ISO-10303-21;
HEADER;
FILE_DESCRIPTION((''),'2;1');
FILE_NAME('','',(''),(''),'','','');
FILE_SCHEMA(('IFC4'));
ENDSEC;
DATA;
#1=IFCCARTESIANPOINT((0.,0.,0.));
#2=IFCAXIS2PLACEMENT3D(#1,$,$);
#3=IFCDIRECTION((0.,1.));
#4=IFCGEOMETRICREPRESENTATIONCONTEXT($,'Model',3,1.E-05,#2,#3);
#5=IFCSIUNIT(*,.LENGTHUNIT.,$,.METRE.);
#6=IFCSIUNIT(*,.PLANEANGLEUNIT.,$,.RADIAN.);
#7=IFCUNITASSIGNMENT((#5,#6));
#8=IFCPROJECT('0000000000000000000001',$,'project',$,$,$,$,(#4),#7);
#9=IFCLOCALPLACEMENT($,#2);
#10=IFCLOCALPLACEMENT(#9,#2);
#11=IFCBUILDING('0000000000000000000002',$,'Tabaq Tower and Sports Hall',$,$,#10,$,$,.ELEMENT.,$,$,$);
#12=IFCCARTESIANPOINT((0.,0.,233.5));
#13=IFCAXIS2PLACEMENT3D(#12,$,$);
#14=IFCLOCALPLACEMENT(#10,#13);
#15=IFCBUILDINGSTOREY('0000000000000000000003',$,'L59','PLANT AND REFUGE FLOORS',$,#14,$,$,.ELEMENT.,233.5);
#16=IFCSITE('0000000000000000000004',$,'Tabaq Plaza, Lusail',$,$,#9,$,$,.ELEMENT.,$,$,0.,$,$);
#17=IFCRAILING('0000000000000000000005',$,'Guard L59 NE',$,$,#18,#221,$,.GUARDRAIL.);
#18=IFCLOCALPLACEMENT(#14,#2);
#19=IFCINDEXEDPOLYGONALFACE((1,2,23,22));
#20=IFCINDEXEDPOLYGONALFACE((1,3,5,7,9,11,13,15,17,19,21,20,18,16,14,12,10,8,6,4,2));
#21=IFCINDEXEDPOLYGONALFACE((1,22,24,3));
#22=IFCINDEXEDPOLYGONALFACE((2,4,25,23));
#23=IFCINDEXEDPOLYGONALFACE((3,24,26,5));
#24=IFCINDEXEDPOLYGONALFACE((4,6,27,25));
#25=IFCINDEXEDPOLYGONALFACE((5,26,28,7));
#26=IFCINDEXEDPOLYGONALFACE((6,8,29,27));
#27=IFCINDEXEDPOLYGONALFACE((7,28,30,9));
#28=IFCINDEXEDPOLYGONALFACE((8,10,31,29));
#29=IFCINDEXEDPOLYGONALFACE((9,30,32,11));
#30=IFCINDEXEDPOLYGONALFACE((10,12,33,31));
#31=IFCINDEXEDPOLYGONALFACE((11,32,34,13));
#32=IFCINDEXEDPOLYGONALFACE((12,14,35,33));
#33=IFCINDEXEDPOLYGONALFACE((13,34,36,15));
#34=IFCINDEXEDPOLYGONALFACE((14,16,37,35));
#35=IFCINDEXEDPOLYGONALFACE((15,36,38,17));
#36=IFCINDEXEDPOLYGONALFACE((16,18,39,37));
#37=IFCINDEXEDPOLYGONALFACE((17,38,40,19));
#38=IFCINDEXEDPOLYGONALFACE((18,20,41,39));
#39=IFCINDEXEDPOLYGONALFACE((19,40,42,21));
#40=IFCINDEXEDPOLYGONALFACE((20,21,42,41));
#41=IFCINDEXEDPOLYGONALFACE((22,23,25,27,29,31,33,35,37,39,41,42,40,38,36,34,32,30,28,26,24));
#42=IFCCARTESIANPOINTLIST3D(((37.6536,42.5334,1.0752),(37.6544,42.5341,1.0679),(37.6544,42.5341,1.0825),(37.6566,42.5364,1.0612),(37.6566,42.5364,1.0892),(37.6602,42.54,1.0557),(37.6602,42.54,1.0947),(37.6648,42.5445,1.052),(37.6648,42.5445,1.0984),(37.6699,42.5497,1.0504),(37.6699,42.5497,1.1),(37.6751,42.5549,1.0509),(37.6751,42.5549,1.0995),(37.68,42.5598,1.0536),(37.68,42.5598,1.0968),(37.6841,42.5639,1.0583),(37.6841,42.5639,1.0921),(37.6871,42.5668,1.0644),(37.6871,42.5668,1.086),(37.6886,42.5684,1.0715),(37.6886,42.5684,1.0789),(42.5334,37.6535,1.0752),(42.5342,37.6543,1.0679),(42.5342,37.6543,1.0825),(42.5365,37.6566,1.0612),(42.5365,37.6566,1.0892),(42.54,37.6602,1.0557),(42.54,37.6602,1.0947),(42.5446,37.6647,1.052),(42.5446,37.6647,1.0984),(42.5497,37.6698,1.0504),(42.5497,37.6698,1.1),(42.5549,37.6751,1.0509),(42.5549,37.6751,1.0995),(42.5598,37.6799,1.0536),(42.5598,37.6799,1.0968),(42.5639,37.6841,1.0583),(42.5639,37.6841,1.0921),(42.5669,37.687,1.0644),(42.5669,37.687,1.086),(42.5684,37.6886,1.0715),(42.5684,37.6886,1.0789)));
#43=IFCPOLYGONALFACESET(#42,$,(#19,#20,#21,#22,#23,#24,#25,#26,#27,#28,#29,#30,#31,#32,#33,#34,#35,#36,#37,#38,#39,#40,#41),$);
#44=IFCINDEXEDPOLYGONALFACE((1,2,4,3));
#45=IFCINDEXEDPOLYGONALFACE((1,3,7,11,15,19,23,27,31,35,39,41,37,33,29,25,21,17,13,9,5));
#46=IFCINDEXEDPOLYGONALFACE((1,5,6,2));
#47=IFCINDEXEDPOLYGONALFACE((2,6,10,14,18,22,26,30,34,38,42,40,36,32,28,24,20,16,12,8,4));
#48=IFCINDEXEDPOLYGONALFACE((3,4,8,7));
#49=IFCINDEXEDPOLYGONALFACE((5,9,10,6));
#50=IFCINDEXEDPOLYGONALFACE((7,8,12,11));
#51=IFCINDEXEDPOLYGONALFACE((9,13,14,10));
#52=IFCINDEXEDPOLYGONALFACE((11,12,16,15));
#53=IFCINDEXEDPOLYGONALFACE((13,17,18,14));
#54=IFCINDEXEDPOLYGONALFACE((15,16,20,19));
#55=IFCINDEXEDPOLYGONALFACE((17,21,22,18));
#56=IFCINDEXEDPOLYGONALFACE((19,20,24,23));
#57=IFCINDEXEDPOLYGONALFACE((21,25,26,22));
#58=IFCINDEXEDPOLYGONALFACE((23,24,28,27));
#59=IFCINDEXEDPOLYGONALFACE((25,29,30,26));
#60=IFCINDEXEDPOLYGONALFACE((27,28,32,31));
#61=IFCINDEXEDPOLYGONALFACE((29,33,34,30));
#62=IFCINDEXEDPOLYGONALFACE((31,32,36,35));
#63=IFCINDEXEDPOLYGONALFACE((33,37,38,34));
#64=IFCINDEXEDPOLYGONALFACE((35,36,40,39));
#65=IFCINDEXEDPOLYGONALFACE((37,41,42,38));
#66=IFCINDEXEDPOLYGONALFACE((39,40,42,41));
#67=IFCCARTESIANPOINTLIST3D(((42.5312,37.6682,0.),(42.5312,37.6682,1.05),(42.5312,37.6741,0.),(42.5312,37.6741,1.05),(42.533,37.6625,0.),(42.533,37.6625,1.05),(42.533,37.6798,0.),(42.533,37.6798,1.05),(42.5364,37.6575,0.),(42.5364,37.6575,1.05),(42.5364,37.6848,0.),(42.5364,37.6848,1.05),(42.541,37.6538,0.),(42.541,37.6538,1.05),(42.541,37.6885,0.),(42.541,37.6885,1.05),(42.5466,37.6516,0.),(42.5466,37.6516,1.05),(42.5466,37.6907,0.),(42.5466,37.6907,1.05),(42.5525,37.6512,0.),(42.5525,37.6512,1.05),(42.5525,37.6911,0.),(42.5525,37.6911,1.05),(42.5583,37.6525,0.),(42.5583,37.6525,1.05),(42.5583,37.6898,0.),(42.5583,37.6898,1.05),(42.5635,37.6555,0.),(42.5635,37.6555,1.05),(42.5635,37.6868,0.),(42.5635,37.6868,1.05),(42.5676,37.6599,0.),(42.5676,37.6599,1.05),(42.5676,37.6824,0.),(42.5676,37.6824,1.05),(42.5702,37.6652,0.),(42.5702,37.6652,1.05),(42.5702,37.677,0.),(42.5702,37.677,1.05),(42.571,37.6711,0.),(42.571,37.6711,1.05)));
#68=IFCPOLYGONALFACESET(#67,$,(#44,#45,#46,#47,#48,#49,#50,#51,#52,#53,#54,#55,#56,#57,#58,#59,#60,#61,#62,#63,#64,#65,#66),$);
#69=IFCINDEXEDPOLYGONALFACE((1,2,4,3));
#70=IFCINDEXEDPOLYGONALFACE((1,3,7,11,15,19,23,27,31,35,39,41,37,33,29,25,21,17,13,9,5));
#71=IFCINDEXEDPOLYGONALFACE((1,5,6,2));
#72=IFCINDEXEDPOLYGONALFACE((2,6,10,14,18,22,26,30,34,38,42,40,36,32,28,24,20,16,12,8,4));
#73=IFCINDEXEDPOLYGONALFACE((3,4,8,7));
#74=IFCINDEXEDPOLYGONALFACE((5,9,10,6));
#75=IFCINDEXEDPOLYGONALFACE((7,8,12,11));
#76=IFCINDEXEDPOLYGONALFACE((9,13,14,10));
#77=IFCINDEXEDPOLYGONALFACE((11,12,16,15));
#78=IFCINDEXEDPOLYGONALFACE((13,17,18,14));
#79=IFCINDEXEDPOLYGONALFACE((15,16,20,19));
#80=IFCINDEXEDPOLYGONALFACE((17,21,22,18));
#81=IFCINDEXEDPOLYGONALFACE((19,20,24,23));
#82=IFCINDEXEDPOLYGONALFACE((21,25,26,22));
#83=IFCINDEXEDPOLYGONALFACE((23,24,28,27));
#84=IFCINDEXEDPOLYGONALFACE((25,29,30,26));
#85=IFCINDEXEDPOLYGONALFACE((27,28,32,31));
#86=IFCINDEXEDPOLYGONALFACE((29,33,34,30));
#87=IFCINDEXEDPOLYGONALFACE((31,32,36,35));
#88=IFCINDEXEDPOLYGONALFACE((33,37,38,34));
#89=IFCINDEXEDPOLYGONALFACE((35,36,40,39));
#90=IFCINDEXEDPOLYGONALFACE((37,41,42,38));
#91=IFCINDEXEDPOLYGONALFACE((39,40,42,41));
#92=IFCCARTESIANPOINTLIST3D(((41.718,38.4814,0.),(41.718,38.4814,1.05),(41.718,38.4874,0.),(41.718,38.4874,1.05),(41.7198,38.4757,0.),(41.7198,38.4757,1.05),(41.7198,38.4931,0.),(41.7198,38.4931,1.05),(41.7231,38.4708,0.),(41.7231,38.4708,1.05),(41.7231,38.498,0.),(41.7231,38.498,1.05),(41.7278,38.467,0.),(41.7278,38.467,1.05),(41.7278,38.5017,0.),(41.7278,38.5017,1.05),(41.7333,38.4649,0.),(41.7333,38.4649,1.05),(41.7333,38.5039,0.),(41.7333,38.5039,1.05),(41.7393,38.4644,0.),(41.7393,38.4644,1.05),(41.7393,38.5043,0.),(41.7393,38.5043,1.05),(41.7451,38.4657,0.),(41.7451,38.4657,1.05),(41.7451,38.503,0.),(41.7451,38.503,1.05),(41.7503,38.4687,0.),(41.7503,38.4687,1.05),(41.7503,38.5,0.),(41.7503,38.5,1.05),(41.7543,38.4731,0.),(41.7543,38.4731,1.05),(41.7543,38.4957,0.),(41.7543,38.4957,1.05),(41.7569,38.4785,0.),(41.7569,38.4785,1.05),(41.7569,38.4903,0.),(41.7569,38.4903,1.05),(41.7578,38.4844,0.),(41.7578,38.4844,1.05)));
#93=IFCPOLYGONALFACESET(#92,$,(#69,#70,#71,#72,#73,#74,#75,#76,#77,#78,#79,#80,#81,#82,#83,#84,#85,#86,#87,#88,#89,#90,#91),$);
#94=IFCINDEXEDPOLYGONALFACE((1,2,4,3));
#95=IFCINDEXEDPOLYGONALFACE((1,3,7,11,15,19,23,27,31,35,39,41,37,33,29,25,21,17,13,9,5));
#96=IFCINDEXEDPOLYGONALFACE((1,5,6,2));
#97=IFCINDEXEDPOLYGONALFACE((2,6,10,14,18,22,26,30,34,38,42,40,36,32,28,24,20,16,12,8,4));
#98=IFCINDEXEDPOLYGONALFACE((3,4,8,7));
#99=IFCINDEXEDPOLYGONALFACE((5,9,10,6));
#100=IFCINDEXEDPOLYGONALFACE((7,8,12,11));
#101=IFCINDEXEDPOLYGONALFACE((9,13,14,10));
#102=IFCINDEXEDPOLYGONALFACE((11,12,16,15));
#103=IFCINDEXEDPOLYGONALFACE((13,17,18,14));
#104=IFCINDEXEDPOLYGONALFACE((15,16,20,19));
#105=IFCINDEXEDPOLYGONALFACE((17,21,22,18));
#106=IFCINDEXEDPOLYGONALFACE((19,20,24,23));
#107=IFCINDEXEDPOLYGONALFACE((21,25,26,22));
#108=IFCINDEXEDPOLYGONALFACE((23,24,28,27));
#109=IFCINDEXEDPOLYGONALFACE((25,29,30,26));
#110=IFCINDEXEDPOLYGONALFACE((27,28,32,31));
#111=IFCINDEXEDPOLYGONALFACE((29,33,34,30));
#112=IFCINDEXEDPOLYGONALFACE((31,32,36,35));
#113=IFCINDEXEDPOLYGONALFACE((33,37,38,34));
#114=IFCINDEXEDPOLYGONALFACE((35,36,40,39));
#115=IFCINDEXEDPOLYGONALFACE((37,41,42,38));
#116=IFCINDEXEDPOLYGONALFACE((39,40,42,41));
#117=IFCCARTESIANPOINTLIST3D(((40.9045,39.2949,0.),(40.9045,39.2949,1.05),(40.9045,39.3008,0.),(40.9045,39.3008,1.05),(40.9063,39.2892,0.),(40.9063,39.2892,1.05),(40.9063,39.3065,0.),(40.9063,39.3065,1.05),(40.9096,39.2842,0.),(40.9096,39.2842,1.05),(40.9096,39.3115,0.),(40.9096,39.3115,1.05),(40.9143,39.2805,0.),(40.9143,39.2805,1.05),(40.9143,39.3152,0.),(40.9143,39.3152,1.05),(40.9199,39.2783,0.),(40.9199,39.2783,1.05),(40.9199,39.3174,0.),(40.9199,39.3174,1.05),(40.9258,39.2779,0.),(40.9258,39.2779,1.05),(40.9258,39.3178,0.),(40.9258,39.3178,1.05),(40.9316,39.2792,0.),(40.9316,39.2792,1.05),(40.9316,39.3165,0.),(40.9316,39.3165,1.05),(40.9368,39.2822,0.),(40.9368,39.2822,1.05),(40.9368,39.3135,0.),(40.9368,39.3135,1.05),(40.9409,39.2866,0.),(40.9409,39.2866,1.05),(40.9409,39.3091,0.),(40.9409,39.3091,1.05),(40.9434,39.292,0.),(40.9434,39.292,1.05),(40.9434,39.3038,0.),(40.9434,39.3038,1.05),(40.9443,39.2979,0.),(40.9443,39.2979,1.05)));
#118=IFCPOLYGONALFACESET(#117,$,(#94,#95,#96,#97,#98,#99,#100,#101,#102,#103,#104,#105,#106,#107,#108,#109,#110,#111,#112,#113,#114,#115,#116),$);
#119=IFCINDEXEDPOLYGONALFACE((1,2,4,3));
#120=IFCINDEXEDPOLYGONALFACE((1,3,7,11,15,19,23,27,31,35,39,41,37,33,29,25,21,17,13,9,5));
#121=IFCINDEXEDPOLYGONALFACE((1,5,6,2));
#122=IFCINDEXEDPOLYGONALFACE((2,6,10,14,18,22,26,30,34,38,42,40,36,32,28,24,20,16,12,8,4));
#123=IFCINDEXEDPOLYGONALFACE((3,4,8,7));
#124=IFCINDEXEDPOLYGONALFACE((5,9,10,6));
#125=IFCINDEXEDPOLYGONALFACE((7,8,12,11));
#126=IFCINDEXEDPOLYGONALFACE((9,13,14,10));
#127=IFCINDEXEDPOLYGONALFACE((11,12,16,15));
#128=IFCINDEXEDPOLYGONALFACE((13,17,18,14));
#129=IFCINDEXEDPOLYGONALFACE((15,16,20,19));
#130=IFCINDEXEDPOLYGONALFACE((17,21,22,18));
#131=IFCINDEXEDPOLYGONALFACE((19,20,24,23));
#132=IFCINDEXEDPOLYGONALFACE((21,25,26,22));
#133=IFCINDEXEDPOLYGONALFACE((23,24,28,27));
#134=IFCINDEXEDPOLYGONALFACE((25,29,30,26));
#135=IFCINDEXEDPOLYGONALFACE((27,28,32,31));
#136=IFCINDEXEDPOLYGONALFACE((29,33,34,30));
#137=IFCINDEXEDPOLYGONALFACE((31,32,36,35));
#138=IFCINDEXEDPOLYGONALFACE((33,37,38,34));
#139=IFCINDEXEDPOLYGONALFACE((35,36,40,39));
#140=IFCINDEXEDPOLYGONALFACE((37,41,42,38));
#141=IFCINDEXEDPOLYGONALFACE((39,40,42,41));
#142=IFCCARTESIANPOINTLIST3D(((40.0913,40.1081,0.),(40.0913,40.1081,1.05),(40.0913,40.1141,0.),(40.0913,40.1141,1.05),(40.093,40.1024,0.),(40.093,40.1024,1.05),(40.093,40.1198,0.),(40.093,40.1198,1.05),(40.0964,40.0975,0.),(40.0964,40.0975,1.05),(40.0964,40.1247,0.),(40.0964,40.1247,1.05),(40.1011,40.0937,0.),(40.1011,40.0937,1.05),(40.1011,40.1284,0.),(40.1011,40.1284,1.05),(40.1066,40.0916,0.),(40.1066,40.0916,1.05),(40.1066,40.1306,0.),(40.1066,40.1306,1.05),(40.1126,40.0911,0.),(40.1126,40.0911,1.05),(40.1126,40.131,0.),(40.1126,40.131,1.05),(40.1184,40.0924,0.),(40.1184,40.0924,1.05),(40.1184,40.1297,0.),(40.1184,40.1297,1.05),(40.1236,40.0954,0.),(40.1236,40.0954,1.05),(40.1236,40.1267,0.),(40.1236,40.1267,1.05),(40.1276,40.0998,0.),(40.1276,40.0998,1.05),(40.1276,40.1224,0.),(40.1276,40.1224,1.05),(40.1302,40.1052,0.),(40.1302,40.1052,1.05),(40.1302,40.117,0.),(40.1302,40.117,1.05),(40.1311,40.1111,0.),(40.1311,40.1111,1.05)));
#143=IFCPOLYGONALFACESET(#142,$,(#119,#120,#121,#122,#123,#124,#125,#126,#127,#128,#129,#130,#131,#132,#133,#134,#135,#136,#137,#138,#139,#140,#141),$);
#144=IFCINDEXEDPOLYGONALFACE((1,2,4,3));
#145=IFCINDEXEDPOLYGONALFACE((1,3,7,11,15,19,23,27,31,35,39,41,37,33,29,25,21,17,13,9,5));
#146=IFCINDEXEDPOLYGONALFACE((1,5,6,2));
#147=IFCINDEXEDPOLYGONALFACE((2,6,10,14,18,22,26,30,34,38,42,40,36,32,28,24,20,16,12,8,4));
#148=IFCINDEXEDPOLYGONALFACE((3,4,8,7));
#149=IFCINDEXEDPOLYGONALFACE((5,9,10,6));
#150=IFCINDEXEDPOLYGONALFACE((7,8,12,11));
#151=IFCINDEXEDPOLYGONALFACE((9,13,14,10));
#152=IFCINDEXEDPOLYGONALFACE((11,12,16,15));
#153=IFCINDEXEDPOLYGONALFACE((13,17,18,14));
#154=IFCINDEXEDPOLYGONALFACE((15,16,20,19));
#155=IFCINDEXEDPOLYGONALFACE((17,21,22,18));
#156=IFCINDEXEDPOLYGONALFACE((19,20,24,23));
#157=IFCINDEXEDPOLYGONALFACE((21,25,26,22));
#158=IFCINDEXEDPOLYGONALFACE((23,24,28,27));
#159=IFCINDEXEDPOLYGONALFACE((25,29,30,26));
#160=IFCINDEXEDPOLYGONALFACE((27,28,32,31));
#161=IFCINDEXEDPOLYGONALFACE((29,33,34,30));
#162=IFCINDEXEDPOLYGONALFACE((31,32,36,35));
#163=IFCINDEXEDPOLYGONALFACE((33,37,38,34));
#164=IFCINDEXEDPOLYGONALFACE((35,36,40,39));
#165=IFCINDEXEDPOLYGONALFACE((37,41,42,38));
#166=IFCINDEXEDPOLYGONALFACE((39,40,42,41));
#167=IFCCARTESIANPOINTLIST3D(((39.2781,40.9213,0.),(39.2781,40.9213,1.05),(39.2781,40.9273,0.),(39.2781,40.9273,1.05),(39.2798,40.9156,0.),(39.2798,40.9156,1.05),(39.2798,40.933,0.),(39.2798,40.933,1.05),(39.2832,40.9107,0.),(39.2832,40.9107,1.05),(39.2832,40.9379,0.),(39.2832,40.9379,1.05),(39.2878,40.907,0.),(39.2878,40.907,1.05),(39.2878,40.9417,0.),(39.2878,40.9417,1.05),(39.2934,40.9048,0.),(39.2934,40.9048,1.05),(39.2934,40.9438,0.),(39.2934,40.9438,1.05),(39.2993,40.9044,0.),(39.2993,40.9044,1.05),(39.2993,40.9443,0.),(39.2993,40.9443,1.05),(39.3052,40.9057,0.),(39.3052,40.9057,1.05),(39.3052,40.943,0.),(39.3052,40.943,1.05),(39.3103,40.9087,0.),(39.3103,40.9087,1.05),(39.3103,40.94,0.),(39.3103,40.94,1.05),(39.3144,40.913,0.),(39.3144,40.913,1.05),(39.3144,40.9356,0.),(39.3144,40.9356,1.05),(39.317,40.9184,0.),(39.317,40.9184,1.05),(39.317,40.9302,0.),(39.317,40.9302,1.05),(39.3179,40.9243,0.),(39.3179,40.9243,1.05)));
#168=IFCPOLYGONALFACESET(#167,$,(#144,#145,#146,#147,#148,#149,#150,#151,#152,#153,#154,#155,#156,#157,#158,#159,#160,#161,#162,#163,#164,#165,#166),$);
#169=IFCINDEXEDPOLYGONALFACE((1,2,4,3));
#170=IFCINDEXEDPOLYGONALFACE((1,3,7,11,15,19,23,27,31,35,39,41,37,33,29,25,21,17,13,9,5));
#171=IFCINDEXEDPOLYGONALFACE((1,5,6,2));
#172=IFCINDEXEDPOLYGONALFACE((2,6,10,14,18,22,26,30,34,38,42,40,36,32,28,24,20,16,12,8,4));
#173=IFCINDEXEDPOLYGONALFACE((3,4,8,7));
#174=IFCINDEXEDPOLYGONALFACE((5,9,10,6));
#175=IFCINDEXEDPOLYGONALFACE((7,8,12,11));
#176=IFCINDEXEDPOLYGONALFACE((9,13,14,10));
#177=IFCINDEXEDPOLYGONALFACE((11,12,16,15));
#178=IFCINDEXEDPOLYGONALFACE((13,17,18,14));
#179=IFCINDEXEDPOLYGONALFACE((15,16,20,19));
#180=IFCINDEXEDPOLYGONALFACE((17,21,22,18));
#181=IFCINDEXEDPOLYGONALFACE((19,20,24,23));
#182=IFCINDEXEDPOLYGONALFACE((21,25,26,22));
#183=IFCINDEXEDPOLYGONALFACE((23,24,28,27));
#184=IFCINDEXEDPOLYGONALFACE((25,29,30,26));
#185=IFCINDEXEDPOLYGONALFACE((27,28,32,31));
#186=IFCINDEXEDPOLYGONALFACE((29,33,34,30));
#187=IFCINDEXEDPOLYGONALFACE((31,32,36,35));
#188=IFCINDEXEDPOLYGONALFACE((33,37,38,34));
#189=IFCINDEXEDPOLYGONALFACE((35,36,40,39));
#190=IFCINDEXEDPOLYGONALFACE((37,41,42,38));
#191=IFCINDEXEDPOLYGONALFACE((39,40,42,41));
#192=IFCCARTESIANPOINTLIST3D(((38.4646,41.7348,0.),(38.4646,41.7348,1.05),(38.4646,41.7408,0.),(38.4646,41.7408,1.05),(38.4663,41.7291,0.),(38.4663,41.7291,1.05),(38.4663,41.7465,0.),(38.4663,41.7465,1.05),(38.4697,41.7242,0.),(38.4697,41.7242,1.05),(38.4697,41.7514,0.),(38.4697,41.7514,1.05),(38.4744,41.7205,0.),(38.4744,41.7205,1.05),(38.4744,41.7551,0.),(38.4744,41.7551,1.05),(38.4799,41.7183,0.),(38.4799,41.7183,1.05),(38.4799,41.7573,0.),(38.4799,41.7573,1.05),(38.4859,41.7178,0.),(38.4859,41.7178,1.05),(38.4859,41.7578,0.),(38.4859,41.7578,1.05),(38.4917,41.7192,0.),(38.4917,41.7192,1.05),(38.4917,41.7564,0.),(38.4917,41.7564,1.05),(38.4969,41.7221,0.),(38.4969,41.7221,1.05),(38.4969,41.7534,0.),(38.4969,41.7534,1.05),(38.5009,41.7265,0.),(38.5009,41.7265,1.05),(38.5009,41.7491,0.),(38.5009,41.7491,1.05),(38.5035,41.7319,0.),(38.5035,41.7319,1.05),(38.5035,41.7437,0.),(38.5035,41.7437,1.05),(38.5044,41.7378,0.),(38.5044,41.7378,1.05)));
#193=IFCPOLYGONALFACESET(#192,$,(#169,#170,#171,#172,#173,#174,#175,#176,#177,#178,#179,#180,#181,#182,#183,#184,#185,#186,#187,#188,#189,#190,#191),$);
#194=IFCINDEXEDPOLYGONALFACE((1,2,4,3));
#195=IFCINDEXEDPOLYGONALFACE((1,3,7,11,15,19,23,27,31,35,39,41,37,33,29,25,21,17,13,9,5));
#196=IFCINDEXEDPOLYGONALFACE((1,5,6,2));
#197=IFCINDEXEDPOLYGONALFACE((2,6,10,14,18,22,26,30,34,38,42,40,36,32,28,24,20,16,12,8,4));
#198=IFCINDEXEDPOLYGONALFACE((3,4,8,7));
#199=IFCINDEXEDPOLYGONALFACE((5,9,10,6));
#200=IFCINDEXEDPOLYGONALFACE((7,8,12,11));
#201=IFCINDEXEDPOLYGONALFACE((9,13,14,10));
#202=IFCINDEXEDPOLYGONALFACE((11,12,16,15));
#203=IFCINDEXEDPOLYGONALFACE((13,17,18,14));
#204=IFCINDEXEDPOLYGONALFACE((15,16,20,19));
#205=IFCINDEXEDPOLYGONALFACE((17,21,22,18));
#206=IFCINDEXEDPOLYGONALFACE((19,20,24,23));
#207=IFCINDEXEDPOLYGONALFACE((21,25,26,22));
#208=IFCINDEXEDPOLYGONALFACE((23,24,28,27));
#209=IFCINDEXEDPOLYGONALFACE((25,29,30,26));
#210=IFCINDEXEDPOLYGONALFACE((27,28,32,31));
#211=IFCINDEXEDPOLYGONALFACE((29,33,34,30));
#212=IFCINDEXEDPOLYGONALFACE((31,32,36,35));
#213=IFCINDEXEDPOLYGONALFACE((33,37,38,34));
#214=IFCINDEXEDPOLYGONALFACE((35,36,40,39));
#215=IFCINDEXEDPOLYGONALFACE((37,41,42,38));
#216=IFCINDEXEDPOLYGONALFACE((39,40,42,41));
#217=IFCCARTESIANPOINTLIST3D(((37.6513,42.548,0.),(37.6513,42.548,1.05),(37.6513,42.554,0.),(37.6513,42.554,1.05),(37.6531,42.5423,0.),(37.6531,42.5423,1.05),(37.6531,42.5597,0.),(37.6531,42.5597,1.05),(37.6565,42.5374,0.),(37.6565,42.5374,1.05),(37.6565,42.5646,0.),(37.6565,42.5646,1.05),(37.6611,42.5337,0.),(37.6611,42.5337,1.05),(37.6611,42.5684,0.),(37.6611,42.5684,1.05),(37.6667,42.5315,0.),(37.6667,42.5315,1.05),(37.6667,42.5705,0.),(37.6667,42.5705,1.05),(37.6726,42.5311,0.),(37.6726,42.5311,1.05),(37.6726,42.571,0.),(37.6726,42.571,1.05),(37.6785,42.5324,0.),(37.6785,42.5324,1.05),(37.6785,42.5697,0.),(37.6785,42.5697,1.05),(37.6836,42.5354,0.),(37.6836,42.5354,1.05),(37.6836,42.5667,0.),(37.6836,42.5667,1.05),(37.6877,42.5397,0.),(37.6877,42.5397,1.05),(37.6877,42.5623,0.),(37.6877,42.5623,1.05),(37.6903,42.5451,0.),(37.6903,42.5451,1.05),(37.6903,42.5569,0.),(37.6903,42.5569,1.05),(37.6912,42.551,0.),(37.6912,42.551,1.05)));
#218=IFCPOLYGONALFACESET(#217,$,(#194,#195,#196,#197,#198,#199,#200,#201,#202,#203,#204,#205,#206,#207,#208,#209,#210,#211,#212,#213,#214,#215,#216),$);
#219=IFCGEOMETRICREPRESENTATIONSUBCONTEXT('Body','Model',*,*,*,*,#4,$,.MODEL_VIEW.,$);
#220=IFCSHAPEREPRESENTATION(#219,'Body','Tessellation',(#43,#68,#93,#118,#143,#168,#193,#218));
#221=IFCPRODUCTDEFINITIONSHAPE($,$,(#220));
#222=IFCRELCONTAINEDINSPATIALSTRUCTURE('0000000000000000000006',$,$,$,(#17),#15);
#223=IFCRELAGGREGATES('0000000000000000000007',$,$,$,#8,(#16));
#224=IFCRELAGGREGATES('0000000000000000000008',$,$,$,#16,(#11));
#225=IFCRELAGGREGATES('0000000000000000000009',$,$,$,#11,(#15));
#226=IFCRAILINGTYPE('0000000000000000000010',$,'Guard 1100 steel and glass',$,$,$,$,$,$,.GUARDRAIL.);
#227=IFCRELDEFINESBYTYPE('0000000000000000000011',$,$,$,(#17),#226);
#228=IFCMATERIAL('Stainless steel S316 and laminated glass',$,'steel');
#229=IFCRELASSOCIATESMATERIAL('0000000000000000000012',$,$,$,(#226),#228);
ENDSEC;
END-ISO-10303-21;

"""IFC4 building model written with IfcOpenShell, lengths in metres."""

from ifc_helpers import new_model, si_unit, direction, frame, origin, origin_2d, place, context, subcontext, project, spatial, circle, extrude, material, type_object, element, save


model = new_model("IFC4")

# Units and contexts
model_context = context("Model", 3, precision=1e-05, world=origin(), true_north=direction((0.0, 1.0)))
body_context = subcontext(model_context, "Body", "Model", "MODEL_VIEW")
ifc_project = project(units=[si_unit("LENGTHUNIT", "METRE"), si_unit("PLANEANGLEUNIT", "RADIAN")], contexts=[model_context])

# Site, building, storey
site_placement = place(None, origin())
site = spatial("IfcSite", under=ifc_project, at=site_placement, Name="Tabaq Plaza, Lusail", CompositionType="ELEMENT", RefElevation=0.0)
building_placement = place(site_placement, origin())
building = spatial("IfcBuilding", under=site, at=building_placement, Name="Tabaq Tower and Sports Hall", CompositionType="ELEMENT")
storey_placement = place(building_placement, frame((0.0, 0.0, 233.5)))
storey = spatial("IfcBuildingStorey", under=building, at=storey_placement, Name="L59", Description="PLANT AND REFUGE FLOORS", CompositionType="ELEMENT", Elevation=233.5)

# Railing
ifc_material_1 = material(Name="Stainless steel S316 and laminated glass", Category="steel")
railing_type = type_object("IfcRailingType", Name="Guard 1100 steel and glass", PredefinedType="GUARDRAIL", material=ifc_material_1)
railing_placement = place(storey_placement, frame((42.551, 37.6711, 0.0)))
element("IfcRailing", 1, at=railing_placement, inside=storey, type_object=railing_type, Name="Guard L59 NE", PredefinedType="GUARDRAIL", context=body_context, shape_type="SweptSolid", body=[
    extrude(circle(Radius=0.0249, at=origin_2d()), frame((0.0, 0.0, 1.0752), z_axis=(-0.707107, 0.707107, 0.0), x_axis=(-0.707107, -0.707107, 0.0)), (0.0, 0.0, 1.0), 6.9011),
    extrude(circle(Radius=0.02, at=origin_2d()), origin(), (0.0, 0.0, 1.0), 1.05),
    extrude(circle(Radius=0.02, at=origin_2d()), frame((-0.8132, 0.8132, 0.0)), (0.0, 0.0, 1.0), 1.05),
    extrude(circle(Radius=0.02, at=origin_2d()), frame((-1.6267, 1.6267, 0.0)), (0.0, 0.0, 1.0), 1.05),
    extrude(circle(Radius=0.02, at=origin_2d()), frame((-2.4399, 2.4399, 0.0)), (0.0, 0.0, 1.0), 1.05),
    extrude(circle(Radius=0.02, at=origin_2d()), frame((-3.2532, 3.2532, 0.0)), (0.0, 0.0, 1.0), 1.05),
    extrude(circle(Radius=0.02, at=origin_2d()), frame((-4.0667, 4.0667, 0.0)), (0.0, 0.0, 1.0), 1.05),
    extrude(circle(Radius=0.02, at=origin_2d()), frame((-4.8799, 4.8799, 0.0)), (0.0, 0.0, 1.0), 1.05),
])

save(model, "model.ifc")
